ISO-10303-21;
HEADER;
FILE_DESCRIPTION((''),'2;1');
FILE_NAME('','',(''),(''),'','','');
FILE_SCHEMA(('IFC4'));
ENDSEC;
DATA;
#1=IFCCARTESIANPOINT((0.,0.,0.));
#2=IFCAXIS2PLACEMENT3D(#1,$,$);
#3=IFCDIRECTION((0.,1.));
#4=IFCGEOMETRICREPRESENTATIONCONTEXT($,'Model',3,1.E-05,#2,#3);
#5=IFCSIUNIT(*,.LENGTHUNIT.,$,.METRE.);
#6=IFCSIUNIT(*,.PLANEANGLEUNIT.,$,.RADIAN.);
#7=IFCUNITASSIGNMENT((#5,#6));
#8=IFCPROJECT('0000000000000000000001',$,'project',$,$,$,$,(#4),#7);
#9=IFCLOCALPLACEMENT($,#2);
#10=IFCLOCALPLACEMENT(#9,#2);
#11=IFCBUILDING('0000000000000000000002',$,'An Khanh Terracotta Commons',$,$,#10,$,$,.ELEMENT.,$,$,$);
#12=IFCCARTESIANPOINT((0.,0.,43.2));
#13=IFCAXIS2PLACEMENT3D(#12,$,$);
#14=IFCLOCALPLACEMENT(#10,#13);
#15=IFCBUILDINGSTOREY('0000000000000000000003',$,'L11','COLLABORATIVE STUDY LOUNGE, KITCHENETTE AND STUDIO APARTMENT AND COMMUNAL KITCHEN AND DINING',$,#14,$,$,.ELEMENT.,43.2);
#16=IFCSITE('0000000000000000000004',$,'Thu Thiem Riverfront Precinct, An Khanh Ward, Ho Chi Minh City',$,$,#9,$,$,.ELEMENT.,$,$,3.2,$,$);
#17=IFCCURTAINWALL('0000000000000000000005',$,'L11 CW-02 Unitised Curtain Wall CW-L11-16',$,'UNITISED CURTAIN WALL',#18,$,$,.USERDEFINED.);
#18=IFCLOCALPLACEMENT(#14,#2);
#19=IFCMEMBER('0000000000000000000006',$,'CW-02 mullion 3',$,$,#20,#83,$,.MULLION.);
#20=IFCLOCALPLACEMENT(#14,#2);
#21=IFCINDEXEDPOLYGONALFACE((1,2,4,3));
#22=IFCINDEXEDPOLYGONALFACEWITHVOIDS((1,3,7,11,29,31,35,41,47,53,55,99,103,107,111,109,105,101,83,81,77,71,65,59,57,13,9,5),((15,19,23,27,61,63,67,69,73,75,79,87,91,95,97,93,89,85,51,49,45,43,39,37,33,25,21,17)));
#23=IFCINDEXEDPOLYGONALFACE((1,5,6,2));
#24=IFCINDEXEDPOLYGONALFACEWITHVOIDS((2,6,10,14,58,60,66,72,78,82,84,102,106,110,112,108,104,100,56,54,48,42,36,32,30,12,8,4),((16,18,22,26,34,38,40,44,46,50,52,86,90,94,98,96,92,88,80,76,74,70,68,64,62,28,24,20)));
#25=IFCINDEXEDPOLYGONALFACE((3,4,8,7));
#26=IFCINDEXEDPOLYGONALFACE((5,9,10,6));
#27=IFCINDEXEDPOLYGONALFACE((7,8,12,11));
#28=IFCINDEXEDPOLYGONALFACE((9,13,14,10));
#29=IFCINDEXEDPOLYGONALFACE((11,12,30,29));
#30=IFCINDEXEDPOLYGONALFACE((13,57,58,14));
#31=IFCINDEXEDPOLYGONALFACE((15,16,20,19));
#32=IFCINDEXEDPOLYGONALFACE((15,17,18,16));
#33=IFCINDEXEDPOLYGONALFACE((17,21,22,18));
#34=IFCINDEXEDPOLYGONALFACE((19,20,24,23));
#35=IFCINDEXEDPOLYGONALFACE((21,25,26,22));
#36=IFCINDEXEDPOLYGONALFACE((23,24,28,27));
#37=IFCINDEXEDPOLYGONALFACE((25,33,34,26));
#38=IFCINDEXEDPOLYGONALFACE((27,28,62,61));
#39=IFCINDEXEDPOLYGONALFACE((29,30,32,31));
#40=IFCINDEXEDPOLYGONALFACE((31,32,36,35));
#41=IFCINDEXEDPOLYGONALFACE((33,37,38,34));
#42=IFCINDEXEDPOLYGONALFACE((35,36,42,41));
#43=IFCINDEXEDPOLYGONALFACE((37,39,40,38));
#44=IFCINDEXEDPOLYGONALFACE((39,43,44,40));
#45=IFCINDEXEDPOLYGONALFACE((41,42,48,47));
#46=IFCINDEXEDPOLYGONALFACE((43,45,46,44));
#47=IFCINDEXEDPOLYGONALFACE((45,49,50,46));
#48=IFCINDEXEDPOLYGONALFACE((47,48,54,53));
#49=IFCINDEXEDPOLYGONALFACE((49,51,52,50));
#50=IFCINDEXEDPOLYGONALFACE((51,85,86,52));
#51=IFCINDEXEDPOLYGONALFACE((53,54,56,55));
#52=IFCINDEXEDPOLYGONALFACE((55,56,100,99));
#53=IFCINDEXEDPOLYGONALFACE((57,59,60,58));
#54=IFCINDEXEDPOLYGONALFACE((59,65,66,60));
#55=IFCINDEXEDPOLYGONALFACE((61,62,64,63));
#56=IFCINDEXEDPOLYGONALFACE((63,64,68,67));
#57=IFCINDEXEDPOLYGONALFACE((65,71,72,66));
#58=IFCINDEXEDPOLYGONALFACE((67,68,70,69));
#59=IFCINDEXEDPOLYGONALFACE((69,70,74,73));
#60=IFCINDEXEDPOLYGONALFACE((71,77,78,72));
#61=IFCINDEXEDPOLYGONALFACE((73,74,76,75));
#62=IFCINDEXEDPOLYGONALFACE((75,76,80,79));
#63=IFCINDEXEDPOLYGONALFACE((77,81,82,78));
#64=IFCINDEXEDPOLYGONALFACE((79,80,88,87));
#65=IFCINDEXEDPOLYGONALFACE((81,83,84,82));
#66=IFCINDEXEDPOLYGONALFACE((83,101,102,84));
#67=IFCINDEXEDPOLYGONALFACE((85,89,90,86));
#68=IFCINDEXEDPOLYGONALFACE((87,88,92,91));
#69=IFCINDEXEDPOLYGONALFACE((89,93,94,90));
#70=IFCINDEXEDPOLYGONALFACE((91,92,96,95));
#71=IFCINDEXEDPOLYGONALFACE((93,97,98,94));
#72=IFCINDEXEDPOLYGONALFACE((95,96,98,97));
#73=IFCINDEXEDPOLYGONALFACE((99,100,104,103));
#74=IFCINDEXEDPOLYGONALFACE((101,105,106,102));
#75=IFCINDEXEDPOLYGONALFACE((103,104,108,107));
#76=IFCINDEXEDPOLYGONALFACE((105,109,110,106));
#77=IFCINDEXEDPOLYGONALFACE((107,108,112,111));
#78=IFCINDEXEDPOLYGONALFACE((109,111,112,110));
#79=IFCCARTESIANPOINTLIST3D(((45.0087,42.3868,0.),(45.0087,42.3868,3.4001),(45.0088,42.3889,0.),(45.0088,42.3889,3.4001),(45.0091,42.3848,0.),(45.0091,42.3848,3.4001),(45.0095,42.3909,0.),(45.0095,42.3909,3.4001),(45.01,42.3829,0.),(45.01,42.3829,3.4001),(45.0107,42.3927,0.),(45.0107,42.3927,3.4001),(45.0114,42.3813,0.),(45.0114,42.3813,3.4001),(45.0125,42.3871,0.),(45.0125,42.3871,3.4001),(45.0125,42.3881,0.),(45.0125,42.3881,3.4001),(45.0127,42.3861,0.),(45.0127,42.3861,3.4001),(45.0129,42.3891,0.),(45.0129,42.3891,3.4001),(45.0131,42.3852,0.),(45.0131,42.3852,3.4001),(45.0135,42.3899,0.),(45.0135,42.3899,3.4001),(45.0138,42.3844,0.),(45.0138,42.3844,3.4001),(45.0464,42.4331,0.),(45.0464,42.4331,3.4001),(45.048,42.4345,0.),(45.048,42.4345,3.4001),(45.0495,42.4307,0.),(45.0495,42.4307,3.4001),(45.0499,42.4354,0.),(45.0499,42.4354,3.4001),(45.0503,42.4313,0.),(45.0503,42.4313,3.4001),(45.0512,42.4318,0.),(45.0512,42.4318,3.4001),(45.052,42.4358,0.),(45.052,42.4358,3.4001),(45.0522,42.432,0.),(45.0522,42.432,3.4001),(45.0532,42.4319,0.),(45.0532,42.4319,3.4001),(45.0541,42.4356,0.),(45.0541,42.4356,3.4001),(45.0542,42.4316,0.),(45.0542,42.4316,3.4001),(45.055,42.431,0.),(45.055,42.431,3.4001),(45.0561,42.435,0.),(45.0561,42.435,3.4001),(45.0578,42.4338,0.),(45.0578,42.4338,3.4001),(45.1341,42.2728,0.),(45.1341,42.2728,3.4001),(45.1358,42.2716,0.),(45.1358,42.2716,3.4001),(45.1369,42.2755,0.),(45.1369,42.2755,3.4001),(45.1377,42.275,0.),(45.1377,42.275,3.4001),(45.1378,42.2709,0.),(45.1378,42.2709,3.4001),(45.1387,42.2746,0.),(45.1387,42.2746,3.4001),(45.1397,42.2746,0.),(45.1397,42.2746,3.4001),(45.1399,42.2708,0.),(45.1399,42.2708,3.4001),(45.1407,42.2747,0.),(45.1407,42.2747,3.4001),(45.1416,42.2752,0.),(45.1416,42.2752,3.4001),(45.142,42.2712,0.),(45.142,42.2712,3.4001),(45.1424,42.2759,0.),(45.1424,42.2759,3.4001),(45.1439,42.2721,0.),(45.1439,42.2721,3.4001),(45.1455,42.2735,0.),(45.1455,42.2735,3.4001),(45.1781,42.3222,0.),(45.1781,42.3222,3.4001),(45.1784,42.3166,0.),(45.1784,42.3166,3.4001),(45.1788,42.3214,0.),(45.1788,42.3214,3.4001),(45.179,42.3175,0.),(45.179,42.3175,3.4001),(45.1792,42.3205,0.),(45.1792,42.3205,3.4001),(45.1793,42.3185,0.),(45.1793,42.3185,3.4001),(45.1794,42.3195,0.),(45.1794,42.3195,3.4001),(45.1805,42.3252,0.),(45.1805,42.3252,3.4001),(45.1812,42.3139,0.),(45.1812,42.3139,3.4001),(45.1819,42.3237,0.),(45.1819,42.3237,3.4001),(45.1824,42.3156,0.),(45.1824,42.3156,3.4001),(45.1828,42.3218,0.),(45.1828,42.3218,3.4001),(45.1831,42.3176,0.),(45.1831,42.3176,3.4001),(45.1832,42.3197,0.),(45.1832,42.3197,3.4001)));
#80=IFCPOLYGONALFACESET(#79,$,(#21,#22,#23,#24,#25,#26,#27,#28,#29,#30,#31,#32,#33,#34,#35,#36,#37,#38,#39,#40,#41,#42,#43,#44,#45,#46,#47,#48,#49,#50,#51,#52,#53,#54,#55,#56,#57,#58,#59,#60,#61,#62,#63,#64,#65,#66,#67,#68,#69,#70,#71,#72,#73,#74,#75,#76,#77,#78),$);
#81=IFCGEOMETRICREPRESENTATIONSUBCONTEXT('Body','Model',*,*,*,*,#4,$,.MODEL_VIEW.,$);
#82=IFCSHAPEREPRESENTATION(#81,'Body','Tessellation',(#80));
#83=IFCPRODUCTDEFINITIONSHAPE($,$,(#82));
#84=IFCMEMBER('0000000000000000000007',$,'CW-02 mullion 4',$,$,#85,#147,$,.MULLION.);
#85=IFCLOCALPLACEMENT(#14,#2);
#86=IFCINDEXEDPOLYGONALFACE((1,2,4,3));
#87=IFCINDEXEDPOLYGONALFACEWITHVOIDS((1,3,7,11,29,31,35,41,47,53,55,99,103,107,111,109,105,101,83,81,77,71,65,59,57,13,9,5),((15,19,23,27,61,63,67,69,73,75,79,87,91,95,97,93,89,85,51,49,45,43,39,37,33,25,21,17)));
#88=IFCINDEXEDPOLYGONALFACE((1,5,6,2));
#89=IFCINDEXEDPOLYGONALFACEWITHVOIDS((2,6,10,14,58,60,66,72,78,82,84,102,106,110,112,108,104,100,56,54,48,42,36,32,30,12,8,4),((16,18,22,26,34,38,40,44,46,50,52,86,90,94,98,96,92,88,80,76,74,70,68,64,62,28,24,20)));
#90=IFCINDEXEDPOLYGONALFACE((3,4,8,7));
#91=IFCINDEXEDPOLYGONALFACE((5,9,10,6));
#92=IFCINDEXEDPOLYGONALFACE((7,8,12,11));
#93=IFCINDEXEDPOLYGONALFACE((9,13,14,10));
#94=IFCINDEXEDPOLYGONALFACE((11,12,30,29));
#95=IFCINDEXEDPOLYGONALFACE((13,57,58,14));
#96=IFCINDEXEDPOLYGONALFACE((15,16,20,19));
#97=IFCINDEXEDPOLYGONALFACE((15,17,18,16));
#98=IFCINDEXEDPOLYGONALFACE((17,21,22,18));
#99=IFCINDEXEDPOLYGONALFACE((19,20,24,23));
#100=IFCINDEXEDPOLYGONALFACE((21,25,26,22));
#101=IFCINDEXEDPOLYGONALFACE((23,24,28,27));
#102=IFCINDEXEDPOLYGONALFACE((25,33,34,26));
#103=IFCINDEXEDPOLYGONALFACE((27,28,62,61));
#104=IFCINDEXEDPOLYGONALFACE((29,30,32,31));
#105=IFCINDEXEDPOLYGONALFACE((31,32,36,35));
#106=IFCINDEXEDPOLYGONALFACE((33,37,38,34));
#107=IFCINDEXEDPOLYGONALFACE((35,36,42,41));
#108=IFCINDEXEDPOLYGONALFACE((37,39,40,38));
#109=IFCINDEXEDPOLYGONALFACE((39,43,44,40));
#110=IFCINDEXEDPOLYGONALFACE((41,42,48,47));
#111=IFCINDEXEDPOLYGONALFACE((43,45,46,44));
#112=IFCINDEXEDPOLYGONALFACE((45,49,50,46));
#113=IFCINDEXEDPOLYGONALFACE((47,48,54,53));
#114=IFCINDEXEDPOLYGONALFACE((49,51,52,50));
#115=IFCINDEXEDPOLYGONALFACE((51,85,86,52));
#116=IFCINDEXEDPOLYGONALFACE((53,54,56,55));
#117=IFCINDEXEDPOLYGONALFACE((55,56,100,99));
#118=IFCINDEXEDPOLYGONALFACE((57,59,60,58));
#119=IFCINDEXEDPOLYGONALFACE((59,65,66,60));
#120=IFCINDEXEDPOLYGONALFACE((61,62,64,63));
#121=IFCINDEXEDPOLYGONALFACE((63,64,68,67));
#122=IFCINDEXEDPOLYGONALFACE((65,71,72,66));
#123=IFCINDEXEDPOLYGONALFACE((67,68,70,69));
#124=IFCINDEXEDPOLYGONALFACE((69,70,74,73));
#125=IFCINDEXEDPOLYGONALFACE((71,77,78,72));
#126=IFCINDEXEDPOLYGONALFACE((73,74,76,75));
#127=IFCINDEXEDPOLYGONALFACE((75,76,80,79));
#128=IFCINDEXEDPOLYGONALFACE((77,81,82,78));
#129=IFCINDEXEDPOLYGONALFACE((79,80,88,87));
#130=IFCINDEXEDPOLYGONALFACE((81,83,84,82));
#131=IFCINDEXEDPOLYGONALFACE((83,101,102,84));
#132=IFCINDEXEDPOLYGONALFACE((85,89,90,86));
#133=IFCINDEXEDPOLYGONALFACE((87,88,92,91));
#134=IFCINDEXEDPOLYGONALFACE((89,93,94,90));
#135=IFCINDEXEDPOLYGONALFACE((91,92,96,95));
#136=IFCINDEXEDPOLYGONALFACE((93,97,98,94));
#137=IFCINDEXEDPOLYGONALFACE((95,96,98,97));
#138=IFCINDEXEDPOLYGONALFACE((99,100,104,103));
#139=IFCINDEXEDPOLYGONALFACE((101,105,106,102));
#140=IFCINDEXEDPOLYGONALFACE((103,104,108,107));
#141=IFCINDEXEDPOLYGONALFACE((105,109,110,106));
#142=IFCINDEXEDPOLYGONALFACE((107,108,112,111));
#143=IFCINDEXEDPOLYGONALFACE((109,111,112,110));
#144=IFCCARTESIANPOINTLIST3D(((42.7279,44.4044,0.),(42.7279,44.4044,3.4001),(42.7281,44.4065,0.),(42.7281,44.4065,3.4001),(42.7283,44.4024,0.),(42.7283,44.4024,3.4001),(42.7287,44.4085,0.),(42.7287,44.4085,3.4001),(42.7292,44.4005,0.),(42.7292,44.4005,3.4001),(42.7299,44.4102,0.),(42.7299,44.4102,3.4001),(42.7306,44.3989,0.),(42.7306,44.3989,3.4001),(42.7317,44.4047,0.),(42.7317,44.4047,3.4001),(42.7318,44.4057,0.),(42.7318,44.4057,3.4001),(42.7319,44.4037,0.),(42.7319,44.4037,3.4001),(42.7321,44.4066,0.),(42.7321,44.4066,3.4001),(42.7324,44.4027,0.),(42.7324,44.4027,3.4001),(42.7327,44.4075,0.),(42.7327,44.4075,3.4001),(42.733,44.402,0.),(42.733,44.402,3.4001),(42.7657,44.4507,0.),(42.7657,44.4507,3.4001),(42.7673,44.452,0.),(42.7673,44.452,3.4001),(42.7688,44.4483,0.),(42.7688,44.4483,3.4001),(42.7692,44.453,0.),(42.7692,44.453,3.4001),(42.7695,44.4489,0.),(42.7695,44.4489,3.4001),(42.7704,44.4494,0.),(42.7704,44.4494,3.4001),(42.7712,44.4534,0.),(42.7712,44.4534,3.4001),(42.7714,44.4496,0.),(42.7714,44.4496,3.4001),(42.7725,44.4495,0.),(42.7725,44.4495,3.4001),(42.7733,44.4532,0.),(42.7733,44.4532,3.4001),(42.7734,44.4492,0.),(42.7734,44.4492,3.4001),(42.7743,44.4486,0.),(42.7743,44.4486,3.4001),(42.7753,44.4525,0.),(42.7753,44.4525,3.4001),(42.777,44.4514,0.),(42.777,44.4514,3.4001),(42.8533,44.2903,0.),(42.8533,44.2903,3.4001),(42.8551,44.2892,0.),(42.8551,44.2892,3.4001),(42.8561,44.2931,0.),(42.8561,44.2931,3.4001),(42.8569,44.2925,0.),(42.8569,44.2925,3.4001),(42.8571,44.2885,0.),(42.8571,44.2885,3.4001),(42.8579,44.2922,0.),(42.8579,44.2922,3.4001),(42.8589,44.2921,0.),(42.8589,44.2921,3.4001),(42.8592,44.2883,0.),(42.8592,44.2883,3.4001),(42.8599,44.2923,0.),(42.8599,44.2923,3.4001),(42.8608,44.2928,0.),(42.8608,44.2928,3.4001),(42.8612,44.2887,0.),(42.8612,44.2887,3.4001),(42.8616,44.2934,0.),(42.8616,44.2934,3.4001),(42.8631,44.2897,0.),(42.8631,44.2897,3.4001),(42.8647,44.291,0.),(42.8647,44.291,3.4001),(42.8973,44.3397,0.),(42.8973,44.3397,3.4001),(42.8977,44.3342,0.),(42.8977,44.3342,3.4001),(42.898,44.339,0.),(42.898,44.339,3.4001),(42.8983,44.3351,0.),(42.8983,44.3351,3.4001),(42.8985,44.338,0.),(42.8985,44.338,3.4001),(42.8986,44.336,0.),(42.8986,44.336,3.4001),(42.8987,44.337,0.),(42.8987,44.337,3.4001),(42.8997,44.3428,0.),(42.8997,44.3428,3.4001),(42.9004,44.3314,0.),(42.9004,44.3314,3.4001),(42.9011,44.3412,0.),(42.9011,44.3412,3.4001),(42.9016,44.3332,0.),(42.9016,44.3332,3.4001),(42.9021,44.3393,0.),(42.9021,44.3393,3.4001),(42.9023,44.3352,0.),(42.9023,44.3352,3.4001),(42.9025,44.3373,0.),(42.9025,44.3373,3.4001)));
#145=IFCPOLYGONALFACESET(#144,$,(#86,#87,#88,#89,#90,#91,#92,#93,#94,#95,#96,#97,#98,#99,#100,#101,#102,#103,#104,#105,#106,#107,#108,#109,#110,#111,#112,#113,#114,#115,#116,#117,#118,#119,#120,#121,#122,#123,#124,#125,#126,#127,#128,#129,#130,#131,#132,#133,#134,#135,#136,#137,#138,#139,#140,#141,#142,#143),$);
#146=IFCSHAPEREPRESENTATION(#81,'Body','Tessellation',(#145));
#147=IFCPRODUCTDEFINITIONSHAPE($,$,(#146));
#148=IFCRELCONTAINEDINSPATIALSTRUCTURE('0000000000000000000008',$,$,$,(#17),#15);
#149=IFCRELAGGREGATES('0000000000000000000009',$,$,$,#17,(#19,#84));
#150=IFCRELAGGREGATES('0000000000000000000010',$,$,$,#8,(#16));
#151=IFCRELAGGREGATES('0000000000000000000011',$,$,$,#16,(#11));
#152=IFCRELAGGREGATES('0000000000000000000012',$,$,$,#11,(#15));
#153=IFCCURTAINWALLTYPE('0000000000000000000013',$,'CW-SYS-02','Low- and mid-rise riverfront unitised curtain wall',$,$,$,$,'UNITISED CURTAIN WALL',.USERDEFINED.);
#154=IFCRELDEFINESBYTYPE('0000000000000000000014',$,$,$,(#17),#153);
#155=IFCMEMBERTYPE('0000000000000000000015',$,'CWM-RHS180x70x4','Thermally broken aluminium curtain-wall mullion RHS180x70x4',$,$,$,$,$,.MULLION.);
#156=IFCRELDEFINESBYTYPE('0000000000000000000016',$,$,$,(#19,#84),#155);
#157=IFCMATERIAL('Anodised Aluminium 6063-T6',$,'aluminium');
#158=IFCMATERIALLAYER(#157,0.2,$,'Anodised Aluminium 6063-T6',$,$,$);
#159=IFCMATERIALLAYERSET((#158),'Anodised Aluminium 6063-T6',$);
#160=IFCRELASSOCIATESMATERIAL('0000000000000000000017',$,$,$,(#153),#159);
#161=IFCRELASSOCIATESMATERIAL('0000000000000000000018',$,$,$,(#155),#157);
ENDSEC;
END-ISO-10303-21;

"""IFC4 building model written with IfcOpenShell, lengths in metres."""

from ifc_helpers import new_model, si_unit, direction, frame, origin, origin_2d, place, context, subcontext, project, spatial, hollow_rectangle, extrude, material, layer, layer_set, material_profile, profile_set, type_object, element, aggregate, save


model = new_model("IFC4")

# Units and contexts
model_context = context("Model", 3, precision=1e-05, world=origin(), true_north=direction((0.0, 1.0)))
body_context = subcontext(model_context, "Body", "Model", "MODEL_VIEW")
ifc_project = project(units=[si_unit("LENGTHUNIT", "METRE"), si_unit("PLANEANGLEUNIT", "RADIAN")], contexts=[model_context])

# Site, building, storey
site_placement = place(None, origin())
site = spatial("IfcSite", under=ifc_project, at=site_placement, Name="Thu Thiem Riverfront Precinct, An Khanh Ward, Ho Chi Minh City", CompositionType="ELEMENT", RefElevation=3.2)
building_placement = place(site_placement, origin())
building = spatial("IfcBuilding", under=site, at=building_placement, Name="An Khanh Terracotta Commons", CompositionType="ELEMENT")
storey_placement = place(building_placement, frame((0.0, 0.0, 43.2)))
storey = spatial("IfcBuildingStorey", under=building, at=storey_placement, Name="L11", Description="COLLABORATIVE STUDY LOUNGE, KITCHENETTE AND STUDIO APARTMENT AND COMMUNAL KITCHEN AND DINING", CompositionType="ELEMENT", Elevation=43.2)

# Curtain wall, members
ifc_material_1 = material(Name="Anodised Aluminium 6063-T6", Category="aluminium")
ifc_layer_1 = layer(ifc_material_1, 0.2, Name="Anodised Aluminium 6063-T6")
ifc_layer_set_1 = layer_set([ifc_layer_1], Name="Anodised Aluminium 6063-T6")
curtain_wall_type = type_object("IfcCurtainWallType", Name="CW-SYS-02", Description="Low- and mid-rise riverfront unitised curtain wall", ElementType="UNITISED CURTAIN WALL", PredefinedType="USERDEFINED", material=ifc_layer_set_1)
curtain_wall_placement = place(storey_placement, origin())
curtain_wall = element("IfcCurtainWall", 1, at=curtain_wall_placement, inside=storey, type_object=curtain_wall_type, Name="L11 CW-02 Unitised Curtain Wall CW-L11-16", ObjectType="UNITISED CURTAIN WALL", PredefinedType="USERDEFINED")
ifc_material_profile_1 = material_profile(ifc_material_1, hollow_rectangle(XDim=0.0701, YDim=0.1799, WallThickness=0.0039, InnerFilletRadius=0.0039, OuterFilletRadius=0.0081, at=origin_2d()), Name="RHS180x70x4")
ifc_profile_set_1 = profile_set([ifc_material_profile_1], Name="Anodised Aluminium 6063-T6")
member_type_1 = type_object("IfcMemberType", Name="CWM-RHS180x70x4", Description="Thermally broken aluminium curtain-wall mullion RHS180x70x4", PredefinedType="MULLION", material=ifc_profile_set_1)
member_1_placement = place(storey_placement, frame((45.0959, 42.3533, 0.0), z_axis=(0.0, 0.0, 1.0), x_axis=(-0.662548, -0.749019, 0.0)))
member_1 = element("IfcMember", 2, at=member_1_placement, type_object=member_type_1, Name="CW-02 mullion 3", PredefinedType="MULLION", context=body_context, shape_type="SweptSolid", body=[
    extrude(hollow_rectangle(XDim=0.0701, YDim=0.1799, WallThickness=0.0039, InnerFilletRadius=0.0039, OuterFilletRadius=0.0081, at=origin_2d()), origin(), (0.0, 0.0, 1.0), 3.4001),
])
member_2_placement = place(storey_placement, frame((42.8152, 44.3708, 0.0), z_axis=(0.0, 0.0, 1.0), x_axis=(-0.662548, -0.749019, 0.0)))
member_2 = element("IfcMember", 3, at=member_2_placement, type_object=member_type_1, Name="CW-02 mullion 4", PredefinedType="MULLION", context=body_context, shape_type="SweptSolid", body=[
    extrude(hollow_rectangle(XDim=0.0701, YDim=0.1799, WallThickness=0.0039, InnerFilletRadius=0.0039, OuterFilletRadius=0.0081, at=origin_2d()), origin(), (0.0, 0.0, 1.0), 3.4001),
])
aggregate(curtain_wall, [member_1, member_2])

save(model, "model.ifc")
